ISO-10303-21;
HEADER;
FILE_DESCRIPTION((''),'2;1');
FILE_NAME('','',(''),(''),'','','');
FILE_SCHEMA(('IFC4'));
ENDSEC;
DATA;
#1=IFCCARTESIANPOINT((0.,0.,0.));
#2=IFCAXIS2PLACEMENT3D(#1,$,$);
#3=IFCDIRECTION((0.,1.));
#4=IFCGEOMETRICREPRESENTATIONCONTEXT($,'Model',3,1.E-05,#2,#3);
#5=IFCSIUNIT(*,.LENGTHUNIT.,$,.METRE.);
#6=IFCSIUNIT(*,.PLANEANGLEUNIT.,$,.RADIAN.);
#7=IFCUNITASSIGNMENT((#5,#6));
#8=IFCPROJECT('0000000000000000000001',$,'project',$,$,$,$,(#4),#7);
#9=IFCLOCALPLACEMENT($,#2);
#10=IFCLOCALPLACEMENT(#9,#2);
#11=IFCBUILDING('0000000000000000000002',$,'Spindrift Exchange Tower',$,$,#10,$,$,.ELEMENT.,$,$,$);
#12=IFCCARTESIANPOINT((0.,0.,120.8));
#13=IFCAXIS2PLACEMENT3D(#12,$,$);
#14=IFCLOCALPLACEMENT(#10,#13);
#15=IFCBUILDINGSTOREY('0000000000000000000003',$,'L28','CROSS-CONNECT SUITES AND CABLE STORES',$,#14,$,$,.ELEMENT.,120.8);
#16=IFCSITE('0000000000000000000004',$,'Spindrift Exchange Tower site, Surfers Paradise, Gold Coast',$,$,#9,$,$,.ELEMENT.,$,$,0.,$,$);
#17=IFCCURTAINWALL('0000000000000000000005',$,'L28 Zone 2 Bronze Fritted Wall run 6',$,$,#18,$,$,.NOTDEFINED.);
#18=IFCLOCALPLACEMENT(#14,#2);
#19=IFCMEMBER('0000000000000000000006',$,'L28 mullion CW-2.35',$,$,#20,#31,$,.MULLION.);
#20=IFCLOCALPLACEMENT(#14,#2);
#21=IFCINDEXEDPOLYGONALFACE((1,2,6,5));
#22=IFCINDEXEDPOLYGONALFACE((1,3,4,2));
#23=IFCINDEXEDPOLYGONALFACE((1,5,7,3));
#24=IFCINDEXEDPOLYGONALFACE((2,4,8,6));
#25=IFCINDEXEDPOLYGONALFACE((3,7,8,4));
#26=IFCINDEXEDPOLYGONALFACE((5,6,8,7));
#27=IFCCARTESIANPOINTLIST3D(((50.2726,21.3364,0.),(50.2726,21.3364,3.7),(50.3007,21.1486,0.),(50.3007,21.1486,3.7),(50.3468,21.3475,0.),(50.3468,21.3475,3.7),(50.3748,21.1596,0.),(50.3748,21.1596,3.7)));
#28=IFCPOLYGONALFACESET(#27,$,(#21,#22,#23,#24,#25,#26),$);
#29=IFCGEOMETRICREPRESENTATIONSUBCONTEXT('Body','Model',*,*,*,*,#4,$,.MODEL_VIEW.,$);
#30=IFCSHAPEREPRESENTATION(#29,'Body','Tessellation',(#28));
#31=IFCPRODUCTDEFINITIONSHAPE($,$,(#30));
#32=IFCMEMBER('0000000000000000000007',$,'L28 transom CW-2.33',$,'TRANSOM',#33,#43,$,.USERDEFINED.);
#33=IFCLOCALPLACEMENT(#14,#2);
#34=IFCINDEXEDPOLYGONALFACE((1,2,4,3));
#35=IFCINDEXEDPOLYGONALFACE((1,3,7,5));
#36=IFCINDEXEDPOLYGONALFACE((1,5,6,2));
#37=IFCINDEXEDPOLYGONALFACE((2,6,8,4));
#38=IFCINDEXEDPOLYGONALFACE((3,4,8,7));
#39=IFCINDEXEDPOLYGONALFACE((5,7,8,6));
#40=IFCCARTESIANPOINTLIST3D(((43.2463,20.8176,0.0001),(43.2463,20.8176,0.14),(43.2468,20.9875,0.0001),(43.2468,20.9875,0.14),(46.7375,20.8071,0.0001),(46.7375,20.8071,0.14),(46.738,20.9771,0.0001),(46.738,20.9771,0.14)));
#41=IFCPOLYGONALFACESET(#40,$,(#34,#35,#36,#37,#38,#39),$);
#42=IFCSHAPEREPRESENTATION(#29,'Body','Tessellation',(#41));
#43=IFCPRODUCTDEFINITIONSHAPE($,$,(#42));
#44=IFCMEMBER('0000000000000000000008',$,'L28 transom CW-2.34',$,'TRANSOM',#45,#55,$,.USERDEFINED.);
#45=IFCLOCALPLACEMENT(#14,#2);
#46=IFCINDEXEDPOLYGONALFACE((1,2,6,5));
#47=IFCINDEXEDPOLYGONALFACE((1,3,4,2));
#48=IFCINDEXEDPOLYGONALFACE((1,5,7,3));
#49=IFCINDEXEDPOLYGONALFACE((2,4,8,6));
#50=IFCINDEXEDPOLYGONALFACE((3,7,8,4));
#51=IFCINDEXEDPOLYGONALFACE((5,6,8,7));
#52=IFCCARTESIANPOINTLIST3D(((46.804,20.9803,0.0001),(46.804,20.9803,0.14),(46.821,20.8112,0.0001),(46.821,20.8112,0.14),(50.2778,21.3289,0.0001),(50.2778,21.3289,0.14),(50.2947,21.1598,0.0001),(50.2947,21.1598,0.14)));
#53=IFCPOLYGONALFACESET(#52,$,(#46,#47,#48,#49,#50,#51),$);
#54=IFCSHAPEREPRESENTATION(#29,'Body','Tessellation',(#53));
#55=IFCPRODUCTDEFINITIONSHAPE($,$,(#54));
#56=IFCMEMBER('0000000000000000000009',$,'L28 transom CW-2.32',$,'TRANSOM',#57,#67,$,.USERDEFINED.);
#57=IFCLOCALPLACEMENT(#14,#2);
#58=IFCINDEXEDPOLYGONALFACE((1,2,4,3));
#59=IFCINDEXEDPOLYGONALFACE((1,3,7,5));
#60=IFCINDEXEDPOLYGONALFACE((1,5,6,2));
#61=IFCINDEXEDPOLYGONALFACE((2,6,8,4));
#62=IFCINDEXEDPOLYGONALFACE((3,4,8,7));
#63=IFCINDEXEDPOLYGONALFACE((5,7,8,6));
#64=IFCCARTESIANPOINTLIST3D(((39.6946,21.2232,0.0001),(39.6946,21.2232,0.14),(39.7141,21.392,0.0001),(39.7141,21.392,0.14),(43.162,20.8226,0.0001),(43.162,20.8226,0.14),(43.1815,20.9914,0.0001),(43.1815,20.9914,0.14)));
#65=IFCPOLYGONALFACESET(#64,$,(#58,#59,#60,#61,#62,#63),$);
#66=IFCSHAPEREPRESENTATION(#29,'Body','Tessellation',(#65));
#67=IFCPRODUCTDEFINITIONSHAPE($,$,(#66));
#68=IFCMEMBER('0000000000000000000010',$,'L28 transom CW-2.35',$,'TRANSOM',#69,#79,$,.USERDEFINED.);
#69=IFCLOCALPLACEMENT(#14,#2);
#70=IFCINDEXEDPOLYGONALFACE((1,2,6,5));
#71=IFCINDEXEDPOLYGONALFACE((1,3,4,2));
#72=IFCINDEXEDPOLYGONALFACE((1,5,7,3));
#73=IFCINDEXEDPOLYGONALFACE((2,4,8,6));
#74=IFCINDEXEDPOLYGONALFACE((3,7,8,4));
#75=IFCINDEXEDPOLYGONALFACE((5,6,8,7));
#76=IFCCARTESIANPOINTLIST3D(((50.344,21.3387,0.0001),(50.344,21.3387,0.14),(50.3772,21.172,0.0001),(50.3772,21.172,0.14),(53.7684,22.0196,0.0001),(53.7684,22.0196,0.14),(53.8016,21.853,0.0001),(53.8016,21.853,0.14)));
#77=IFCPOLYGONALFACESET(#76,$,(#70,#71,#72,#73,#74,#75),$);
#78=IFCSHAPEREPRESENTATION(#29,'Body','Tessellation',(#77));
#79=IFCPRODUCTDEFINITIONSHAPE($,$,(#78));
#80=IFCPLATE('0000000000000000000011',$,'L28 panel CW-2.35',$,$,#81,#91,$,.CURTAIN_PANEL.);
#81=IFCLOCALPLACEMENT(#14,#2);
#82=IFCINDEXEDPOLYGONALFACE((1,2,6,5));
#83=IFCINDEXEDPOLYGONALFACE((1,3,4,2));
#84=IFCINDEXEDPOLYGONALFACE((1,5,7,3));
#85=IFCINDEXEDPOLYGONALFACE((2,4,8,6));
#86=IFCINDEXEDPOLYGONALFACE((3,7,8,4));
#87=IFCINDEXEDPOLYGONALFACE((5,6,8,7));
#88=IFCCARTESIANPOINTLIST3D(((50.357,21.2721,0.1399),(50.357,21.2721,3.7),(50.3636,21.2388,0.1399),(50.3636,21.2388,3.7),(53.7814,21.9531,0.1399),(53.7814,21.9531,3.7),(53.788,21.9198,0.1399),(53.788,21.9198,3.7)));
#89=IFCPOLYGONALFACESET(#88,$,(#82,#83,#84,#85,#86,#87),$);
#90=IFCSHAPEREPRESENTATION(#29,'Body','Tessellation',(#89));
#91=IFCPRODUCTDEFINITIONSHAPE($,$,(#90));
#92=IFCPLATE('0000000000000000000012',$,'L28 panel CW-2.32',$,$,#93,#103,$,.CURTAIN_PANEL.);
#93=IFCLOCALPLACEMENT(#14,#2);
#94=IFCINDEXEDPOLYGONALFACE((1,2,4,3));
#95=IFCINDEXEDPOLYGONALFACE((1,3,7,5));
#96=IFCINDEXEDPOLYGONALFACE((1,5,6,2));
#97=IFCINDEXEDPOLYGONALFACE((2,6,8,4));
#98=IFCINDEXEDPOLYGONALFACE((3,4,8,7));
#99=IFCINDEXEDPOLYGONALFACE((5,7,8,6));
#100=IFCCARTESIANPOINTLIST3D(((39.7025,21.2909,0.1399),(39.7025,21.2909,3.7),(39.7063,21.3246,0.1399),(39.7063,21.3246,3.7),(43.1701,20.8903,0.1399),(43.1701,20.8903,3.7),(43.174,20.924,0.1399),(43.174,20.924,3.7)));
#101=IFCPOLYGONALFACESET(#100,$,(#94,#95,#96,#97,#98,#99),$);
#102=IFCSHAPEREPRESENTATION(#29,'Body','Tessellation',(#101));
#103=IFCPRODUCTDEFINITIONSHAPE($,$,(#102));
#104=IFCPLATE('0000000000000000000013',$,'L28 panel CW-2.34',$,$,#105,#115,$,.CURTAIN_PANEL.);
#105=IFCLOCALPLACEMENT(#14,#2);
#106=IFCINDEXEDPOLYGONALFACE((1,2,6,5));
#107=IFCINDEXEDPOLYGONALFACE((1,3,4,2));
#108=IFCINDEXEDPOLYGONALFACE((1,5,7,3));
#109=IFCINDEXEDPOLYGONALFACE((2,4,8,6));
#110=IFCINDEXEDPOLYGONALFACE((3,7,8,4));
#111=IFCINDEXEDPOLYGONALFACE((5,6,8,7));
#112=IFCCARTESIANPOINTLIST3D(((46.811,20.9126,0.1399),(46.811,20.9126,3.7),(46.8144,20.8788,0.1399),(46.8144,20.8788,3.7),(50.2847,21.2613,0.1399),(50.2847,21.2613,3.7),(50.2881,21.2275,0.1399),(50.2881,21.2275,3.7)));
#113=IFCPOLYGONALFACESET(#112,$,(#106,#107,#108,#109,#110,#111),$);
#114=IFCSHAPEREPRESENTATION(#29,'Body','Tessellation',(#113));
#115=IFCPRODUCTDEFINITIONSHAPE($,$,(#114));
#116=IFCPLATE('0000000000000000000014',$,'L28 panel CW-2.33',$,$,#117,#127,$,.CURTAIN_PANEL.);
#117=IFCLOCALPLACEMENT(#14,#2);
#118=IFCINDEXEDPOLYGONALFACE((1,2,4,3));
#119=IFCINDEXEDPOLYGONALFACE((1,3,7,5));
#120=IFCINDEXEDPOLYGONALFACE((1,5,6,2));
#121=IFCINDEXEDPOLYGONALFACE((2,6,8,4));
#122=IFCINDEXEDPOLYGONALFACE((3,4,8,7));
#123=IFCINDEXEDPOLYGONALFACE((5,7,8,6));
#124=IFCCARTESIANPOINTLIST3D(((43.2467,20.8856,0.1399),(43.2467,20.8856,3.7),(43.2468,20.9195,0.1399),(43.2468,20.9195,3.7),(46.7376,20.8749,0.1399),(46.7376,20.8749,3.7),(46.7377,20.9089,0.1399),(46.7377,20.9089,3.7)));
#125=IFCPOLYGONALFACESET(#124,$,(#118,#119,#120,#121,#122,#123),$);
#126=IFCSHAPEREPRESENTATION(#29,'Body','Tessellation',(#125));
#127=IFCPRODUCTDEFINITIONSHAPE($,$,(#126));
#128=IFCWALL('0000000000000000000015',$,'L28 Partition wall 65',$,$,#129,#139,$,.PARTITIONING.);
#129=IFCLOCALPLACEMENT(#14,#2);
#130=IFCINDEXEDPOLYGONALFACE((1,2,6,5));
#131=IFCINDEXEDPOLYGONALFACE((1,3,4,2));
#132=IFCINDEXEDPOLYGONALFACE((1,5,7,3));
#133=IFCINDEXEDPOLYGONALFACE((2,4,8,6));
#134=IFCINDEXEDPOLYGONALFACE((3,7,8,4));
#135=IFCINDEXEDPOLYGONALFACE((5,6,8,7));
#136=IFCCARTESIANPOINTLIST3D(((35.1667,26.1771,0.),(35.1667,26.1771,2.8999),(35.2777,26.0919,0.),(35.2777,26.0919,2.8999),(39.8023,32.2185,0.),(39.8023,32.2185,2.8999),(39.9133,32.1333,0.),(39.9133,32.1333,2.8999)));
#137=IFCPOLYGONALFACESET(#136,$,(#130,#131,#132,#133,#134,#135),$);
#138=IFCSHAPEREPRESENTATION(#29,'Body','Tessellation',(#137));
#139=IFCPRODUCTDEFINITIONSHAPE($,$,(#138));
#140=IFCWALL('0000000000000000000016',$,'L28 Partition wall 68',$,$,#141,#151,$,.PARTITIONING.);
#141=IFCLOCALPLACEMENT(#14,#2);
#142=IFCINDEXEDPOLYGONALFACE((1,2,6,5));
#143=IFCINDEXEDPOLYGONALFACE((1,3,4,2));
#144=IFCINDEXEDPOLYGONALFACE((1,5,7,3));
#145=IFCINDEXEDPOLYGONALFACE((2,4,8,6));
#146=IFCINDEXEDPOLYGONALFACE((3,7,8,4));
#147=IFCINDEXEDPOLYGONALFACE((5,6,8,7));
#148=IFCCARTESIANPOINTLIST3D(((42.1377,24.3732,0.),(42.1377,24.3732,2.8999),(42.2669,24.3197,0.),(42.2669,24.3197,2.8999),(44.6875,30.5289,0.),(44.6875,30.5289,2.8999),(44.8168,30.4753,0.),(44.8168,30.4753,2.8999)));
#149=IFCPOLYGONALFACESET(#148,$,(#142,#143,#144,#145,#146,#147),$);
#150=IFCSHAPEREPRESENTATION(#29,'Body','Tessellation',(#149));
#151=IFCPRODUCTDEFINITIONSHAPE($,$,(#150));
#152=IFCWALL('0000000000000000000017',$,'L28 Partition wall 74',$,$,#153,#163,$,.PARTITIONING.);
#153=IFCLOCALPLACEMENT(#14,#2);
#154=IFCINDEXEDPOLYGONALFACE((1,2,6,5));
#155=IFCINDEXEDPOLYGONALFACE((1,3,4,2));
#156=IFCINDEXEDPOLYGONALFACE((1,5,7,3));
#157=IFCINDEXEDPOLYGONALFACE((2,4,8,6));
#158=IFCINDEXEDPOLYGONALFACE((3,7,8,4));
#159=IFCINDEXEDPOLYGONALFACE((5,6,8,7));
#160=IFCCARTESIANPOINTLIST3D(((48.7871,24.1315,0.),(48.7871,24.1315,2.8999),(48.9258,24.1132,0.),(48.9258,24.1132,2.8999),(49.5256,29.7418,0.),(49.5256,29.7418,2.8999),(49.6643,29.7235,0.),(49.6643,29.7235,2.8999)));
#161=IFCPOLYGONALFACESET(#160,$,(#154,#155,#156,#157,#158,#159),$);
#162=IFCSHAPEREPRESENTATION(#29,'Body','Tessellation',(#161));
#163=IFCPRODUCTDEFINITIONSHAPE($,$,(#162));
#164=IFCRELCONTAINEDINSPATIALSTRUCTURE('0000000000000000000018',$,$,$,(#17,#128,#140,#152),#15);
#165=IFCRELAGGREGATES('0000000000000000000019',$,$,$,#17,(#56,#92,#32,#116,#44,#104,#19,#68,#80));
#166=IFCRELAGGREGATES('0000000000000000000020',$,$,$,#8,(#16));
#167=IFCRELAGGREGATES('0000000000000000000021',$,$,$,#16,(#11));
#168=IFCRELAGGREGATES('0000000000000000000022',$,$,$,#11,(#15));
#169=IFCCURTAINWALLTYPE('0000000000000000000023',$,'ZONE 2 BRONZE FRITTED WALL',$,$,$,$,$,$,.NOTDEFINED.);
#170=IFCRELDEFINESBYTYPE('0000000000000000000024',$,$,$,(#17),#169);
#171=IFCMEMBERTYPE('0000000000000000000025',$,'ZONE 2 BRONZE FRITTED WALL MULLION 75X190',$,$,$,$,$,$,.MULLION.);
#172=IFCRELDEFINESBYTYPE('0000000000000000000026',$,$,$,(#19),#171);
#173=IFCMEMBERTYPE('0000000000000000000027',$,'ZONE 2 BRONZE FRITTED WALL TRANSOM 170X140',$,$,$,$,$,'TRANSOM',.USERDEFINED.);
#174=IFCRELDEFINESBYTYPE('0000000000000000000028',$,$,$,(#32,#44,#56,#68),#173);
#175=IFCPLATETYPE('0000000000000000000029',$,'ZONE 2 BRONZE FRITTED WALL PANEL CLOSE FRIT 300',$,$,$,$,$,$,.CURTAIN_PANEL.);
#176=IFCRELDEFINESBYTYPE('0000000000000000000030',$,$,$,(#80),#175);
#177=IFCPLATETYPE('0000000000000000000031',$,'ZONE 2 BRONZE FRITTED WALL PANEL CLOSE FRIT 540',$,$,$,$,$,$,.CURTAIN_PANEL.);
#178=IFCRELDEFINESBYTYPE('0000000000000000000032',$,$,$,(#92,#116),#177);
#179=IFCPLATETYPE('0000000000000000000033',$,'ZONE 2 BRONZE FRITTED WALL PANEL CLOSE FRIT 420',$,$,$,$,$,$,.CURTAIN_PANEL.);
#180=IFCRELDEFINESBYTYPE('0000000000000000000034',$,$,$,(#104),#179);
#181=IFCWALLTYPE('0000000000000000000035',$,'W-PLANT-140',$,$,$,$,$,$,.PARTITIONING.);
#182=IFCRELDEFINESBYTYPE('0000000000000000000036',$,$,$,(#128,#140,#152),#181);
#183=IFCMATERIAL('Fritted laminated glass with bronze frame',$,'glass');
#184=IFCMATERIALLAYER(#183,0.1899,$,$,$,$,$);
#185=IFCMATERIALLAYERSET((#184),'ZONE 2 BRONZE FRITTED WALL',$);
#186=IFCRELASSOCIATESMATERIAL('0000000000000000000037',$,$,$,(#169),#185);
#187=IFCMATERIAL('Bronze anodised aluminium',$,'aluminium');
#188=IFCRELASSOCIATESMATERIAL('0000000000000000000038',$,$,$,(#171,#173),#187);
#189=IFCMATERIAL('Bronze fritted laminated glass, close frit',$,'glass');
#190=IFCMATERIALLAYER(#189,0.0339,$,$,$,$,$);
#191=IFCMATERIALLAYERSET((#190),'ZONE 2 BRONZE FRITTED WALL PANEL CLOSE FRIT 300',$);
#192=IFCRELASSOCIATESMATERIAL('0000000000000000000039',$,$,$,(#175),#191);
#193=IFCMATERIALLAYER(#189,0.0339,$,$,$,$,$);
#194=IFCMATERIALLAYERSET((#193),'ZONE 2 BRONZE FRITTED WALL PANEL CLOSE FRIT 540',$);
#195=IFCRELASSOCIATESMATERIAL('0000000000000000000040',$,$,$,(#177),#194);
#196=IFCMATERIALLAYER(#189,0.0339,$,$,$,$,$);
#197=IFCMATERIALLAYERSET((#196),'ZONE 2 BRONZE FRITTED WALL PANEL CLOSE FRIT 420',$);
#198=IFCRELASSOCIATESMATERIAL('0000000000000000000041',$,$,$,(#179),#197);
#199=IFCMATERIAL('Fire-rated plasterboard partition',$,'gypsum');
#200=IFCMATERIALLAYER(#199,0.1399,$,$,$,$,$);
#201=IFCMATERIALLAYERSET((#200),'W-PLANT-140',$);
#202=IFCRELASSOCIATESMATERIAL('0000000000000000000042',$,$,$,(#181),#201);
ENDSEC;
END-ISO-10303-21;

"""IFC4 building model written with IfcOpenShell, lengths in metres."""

from ifc_helpers import new_model, si_unit, direction, frame, frame_2d, origin, origin_2d, place, context, subcontext, project, spatial, rectangle, extrude, source, transform, mapped, material, layer, layer_set, material_profile, profile_set, type_object, element, aggregate, save


model = new_model("IFC4")

# Units and contexts
model_context = context("Model", 3, precision=1e-05, world=origin(), true_north=direction((0.0, 1.0)))
body_context = subcontext(model_context, "Body", "Model", "MODEL_VIEW")
ifc_project = project(units=[si_unit("LENGTHUNIT", "METRE"), si_unit("PLANEANGLEUNIT", "RADIAN")], contexts=[model_context])

# Site, building, storey
site_placement = place(None, origin())
site = spatial("IfcSite", under=ifc_project, at=site_placement, Name="Spindrift Exchange Tower site, Surfers Paradise, Gold Coast", CompositionType="ELEMENT", RefElevation=0.0)
building_placement = place(site_placement, origin())
building = spatial("IfcBuilding", under=site, at=building_placement, Name="Spindrift Exchange Tower", CompositionType="ELEMENT")
storey_placement = place(building_placement, frame((0.0, 0.0, 120.8)))
storey = spatial("IfcBuildingStorey", under=building, at=storey_placement, Name="L28", Description="CROSS-CONNECT SUITES AND CABLE STORES", CompositionType="ELEMENT", Elevation=120.8)

# Curtain wall, members, plates
ifc_material_1 = material(Name="Fritted laminated glass with bronze frame", Category="glass")
ifc_layer_1 = layer(ifc_material_1, 0.1899)
ifc_layer_set_1 = layer_set([ifc_layer_1], Name="ZONE 2 BRONZE FRITTED WALL")
curtain_wall_type = type_object("IfcCurtainWallType", Name="ZONE 2 BRONZE FRITTED WALL", PredefinedType="NOTDEFINED", material=ifc_layer_set_1)
curtain_wall_placement = place(storey_placement, origin())
curtain_wall = element("IfcCurtainWall", 1, at=curtain_wall_placement, inside=storey, type_object=curtain_wall_type, Name="L28 Zone 2 Bronze Fritted Wall run 6", PredefinedType="NOTDEFINED")
ifc_material_2 = material(Name="Bronze anodised aluminium", Category="aluminium")
ifc_material_profile_1 = material_profile(ifc_material_2, rectangle(XDim=0.075, YDim=0.1899, at=origin_2d()), Name="ZONE 2 BRONZE FRITTED WALL MULLION 75X190")
ifc_profile_set_1 = profile_set([ifc_material_profile_1], Name="Bronze anodised aluminium")
member_type_1 = type_object("IfcMemberType", Name="ZONE 2 BRONZE FRITTED WALL MULLION 75X190", PredefinedType="MULLION", material=ifc_profile_set_1)
shared_shape_1 = source(origin(), body_context, "Body", "SweptSolid", [
    extrude(rectangle(XDim=0.075, YDim=0.1899, at=origin_2d()), origin(), (0.0, 0.0, 1.0), 3.7),
])
member_1_placement = place(storey_placement, frame((50.3237, 21.248, 0.0), z_axis=(0.0, 0.0, 1.0), x_axis=(0.989042, 0.147632, 0.0)))
member_1 = element("IfcMember", 2, at=member_1_placement, type_object=member_type_1, Name="L28 mullion CW-2.35", PredefinedType="MULLION", context=body_context, shape_type="MappedRepresentation", body=[
    mapped(shared_shape_1, transform((0.0, 0.0, 0.0), scale=1.0)),
])
ifc_material_profile_2 = material_profile(ifc_material_2, rectangle(XDim=0.1699, YDim=0.1399, at=origin_2d()), Name="ZONE 2 BRONZE FRITTED WALL TRANSOM 170X140")
ifc_profile_set_2 = profile_set([ifc_material_profile_2], Name="Bronze anodised aluminium")
member_type_2 = type_object("IfcMemberType", Name="ZONE 2 BRONZE FRITTED WALL TRANSOM 170X140", ElementType="TRANSOM", PredefinedType="USERDEFINED", material=ifc_profile_set_2)
shared_shape_2 = source(origin(), body_context, "Body", "SweptSolid", [
    extrude(rectangle(XDim=0.1699, YDim=0.1399, at=origin_2d()), origin(), (0.0, 0.0, 1.0), 3.4912),
])
member_2_placement = place(storey_placement, frame((43.2466, 20.9026, 0.0701), z_axis=(0.999995, -0.003007, 0.0), x_axis=(0.003007, 0.999995, 0.0)))
member_2 = element("IfcMember", 3, at=member_2_placement, type_object=member_type_2, Name="L28 transom CW-2.33", ObjectType="TRANSOM", PredefinedType="USERDEFINED", context=body_context, shape_type="MappedRepresentation", body=[
    mapped(shared_shape_2, transform((0.0, 0.0, 0.0), scale=1.0)),
])
member_3_placement = place(storey_placement, frame((46.8125, 20.8958, 0.0701), z_axis=(0.995002, 0.099857, 0.0), x_axis=(-0.099857, 0.995002, 0.0)))
member_3 = element("IfcMember", 4, at=member_3_placement, type_object=member_type_2, Name="L28 transom CW-2.34", ObjectType="TRANSOM", PredefinedType="USERDEFINED", context=body_context, shape_type="MappedRepresentation", body=[
    mapped(shared_shape_2, transform((0.0, 0.0, 0.0), scale=1.0)),
])
shared_shape_3 = source(origin(), body_context, "Body", "SweptSolid", [
    extrude(rectangle(XDim=0.1699, YDim=0.1399, at=origin_2d()), origin(), (0.0, 0.0, 1.0), 3.4905),
])
member_4_placement = place(storey_placement, frame((39.7043, 21.3076, 0.0701), z_axis=(0.993391, -0.114775, 0.0), x_axis=(0.114775, 0.993391, 0.0)))
member_4 = element("IfcMember", 5, at=member_4_placement, type_object=member_type_2, Name="L28 transom CW-2.32", ObjectType="TRANSOM", PredefinedType="USERDEFINED", context=body_context, shape_type="MappedRepresentation", body=[
    mapped(shared_shape_3, transform((0.0, 0.0, 0.0), scale=1.0)),
])
shared_shape_4 = source(origin(), body_context, "Body", "SweptSolid", [
    extrude(rectangle(XDim=0.1699, YDim=0.1399, at=origin_2d()), origin(), (0.0, 0.0, 1.0), 3.4915),
])
member_5_placement = place(storey_placement, frame((50.3606, 21.2554, 0.0701), z_axis=(0.980798, 0.195027, 0.0), x_axis=(-0.195027, 0.980798, 0.0)))
member_5 = element("IfcMember", 6, at=member_5_placement, type_object=member_type_2, Name="L28 transom CW-2.35", ObjectType="TRANSOM", PredefinedType="USERDEFINED", context=body_context, shape_type="MappedRepresentation", body=[
    mapped(shared_shape_4, transform((0.0, 0.0, 0.0), scale=1.0)),
])
ifc_material_3 = material(Name="Bronze fritted laminated glass, close frit", Category="glass")
ifc_layer_2 = layer(ifc_material_3, 0.0339)
ifc_layer_set_2 = layer_set([ifc_layer_2], Name="ZONE 2 BRONZE FRITTED WALL PANEL CLOSE FRIT 300")
plate_type_1 = type_object("IfcPlateType", Name="ZONE 2 BRONZE FRITTED WALL PANEL CLOSE FRIT 300", PredefinedType="CURTAIN_PANEL", material=ifc_layer_set_2)
shared_shape_5 = source(origin(), body_context, "Body", "SweptSolid", [
    extrude(rectangle(XDim=3.4915, YDim=0.0339, at=origin_2d()), origin(), (0.0, 0.0, 1.0), 3.5601),
])
plate_1_placement = place(storey_placement, frame((52.0725, 21.5959, 0.1399), z_axis=(0.0, 0.0, 1.0), x_axis=(0.980795, 0.195042, 0.0)))
plate_1 = element("IfcPlate", 7, at=plate_1_placement, type_object=plate_type_1, Name="L28 panel CW-2.35", PredefinedType="CURTAIN_PANEL", context=body_context, shape_type="MappedRepresentation", body=[
    mapped(shared_shape_5, transform((0.0, 0.0, 0.0), scale=1.0)),
])
ifc_layer_3 = layer(ifc_material_3, 0.0339)
ifc_layer_set_3 = layer_set([ifc_layer_3], Name="ZONE 2 BRONZE FRITTED WALL PANEL CLOSE FRIT 540")
plate_type_2 = type_object("IfcPlateType", Name="ZONE 2 BRONZE FRITTED WALL PANEL CLOSE FRIT 540", PredefinedType="CURTAIN_PANEL", material=ifc_layer_set_3)
shared_shape_6 = source(origin(), body_context, "Body", "SweptSolid", [
    extrude(rectangle(XDim=3.4907, YDim=0.0339, at=origin_2d()), origin(), (0.0, 0.0, 1.0), 3.5601),
])
plate_2_placement = place(storey_placement, frame((41.4382, 21.1074, 0.1399), z_axis=(0.0, 0.0, 1.0), x_axis=(0.993393, -0.114762, 0.0)))
plate_2 = element("IfcPlate", 8, at=plate_2_placement, type_object=plate_type_2, Name="L28 panel CW-2.32", PredefinedType="CURTAIN_PANEL", context=body_context, shape_type="MappedRepresentation", body=[
    mapped(shared_shape_6, transform((0.0, 0.0, 0.0), scale=1.0)),
])
ifc_layer_4 = layer(ifc_material_3, 0.0339)
ifc_layer_set_4 = layer_set([ifc_layer_4], Name="ZONE 2 BRONZE FRITTED WALL PANEL CLOSE FRIT 420")
plate_type_3 = type_object("IfcPlateType", Name="ZONE 2 BRONZE FRITTED WALL PANEL CLOSE FRIT 420", PredefinedType="CURTAIN_PANEL", material=ifc_layer_set_4)
shared_shape_7 = source(origin(), body_context, "Body", "SweptSolid", [
    extrude(rectangle(XDim=3.4912, YDim=0.0339, at=origin_2d()), origin(), (0.0, 0.0, 1.0), 3.5601),
])
plate_3_placement = place(storey_placement, frame((48.5496, 21.0701, 0.1399), z_axis=(0.0, 0.0, 1.0), x_axis=(0.995, 0.099879, 0.0)))
plate_3 = element("IfcPlate", 9, at=plate_3_placement, type_object=plate_type_3, Name="L28 panel CW-2.34", PredefinedType="CURTAIN_PANEL", context=body_context, shape_type="MappedRepresentation", body=[
    mapped(shared_shape_7, transform((0.0, 0.0, 0.0), scale=1.0)),
])
shared_shape_8 = source(origin(), body_context, "Body", "SweptSolid", [
    extrude(rectangle(XDim=3.491, YDim=0.0339, at=origin_2d()), origin(), (0.0, 0.0, 1.0), 3.5601),
])
plate_4_placement = place(storey_placement, frame((44.9922, 20.8972, 0.1399), z_axis=(0.0, 0.0, 1.0), x_axis=(0.999995, -0.003056, 0.0)))
plate_4 = element("IfcPlate", 10, at=plate_4_placement, type_object=plate_type_2, Name="L28 panel CW-2.33", PredefinedType="CURTAIN_PANEL", context=body_context, shape_type="MappedRepresentation", body=[
    mapped(shared_shape_8, transform((0.0, 0.0, 0.0), scale=1.0)),
])
aggregate(curtain_wall, [member_4, plate_2, member_2, plate_4, member_3, plate_3, member_1, member_5, plate_1])

# Walls
ifc_material_4 = material(Name="Fire-rated plasterboard partition", Category="gypsum")
ifc_layer_5 = layer(ifc_material_4, 0.1399)
ifc_layer_set_5 = layer_set([ifc_layer_5], Name="W-PLANT-140")
wall_type = type_object("IfcWallType", Name="W-PLANT-140", PredefinedType="PARTITIONING", material=ifc_layer_set_5)
wall_1_placement = place(storey_placement, frame((39.8579, 32.176, 0.0), z_axis=(0.0, 0.0, 1.0), x_axis=(-0.608756, -0.793358, 0.0)))
element("IfcWall", 11, at=wall_1_placement, inside=storey, type_object=wall_type, Name="L28 Partition wall 65", PredefinedType="PARTITIONING", context=body_context, shape_type="SweptSolid", body=[
    extrude(rectangle(XDim=7.615, YDim=0.1399, at=frame_2d((3.8076, 0.0))), origin(), (0.0, 0.0, 1.0), 2.8999),
])
wall_2_placement = place(storey_placement, frame((44.7522, 30.5022, 0.0), z_axis=(0.0, 0.0, 1.0), x_axis=(-0.382697, -0.923874, 0.0)))
element("IfcWall", 12, at=wall_2_placement, inside=storey, type_object=wall_type, Name="L28 Partition wall 68", PredefinedType="PARTITIONING", context=body_context, shape_type="SweptSolid", body=[
    extrude(rectangle(XDim=6.6628, YDim=0.1399, at=frame_2d((3.3315, 0.0))), origin(), (0.0, 0.0, 1.0), 2.8999),
])
wall_3_placement = place(storey_placement, frame((49.595, 29.7327, 0.0), z_axis=(0.0, 0.0, 1.0), x_axis=(-0.13051, -0.991447, 0.0)))
element("IfcWall", 13, at=wall_3_placement, inside=storey, type_object=wall_type, Name="L28 Partition wall 74", PredefinedType="PARTITIONING", context=body_context, shape_type="SweptSolid", body=[
    extrude(rectangle(XDim=5.6587, YDim=0.1399, at=frame_2d((2.8293, 0.0))), origin(), (0.0, 0.0, 1.0), 2.8999),
])

save(model, "model.ifc")
